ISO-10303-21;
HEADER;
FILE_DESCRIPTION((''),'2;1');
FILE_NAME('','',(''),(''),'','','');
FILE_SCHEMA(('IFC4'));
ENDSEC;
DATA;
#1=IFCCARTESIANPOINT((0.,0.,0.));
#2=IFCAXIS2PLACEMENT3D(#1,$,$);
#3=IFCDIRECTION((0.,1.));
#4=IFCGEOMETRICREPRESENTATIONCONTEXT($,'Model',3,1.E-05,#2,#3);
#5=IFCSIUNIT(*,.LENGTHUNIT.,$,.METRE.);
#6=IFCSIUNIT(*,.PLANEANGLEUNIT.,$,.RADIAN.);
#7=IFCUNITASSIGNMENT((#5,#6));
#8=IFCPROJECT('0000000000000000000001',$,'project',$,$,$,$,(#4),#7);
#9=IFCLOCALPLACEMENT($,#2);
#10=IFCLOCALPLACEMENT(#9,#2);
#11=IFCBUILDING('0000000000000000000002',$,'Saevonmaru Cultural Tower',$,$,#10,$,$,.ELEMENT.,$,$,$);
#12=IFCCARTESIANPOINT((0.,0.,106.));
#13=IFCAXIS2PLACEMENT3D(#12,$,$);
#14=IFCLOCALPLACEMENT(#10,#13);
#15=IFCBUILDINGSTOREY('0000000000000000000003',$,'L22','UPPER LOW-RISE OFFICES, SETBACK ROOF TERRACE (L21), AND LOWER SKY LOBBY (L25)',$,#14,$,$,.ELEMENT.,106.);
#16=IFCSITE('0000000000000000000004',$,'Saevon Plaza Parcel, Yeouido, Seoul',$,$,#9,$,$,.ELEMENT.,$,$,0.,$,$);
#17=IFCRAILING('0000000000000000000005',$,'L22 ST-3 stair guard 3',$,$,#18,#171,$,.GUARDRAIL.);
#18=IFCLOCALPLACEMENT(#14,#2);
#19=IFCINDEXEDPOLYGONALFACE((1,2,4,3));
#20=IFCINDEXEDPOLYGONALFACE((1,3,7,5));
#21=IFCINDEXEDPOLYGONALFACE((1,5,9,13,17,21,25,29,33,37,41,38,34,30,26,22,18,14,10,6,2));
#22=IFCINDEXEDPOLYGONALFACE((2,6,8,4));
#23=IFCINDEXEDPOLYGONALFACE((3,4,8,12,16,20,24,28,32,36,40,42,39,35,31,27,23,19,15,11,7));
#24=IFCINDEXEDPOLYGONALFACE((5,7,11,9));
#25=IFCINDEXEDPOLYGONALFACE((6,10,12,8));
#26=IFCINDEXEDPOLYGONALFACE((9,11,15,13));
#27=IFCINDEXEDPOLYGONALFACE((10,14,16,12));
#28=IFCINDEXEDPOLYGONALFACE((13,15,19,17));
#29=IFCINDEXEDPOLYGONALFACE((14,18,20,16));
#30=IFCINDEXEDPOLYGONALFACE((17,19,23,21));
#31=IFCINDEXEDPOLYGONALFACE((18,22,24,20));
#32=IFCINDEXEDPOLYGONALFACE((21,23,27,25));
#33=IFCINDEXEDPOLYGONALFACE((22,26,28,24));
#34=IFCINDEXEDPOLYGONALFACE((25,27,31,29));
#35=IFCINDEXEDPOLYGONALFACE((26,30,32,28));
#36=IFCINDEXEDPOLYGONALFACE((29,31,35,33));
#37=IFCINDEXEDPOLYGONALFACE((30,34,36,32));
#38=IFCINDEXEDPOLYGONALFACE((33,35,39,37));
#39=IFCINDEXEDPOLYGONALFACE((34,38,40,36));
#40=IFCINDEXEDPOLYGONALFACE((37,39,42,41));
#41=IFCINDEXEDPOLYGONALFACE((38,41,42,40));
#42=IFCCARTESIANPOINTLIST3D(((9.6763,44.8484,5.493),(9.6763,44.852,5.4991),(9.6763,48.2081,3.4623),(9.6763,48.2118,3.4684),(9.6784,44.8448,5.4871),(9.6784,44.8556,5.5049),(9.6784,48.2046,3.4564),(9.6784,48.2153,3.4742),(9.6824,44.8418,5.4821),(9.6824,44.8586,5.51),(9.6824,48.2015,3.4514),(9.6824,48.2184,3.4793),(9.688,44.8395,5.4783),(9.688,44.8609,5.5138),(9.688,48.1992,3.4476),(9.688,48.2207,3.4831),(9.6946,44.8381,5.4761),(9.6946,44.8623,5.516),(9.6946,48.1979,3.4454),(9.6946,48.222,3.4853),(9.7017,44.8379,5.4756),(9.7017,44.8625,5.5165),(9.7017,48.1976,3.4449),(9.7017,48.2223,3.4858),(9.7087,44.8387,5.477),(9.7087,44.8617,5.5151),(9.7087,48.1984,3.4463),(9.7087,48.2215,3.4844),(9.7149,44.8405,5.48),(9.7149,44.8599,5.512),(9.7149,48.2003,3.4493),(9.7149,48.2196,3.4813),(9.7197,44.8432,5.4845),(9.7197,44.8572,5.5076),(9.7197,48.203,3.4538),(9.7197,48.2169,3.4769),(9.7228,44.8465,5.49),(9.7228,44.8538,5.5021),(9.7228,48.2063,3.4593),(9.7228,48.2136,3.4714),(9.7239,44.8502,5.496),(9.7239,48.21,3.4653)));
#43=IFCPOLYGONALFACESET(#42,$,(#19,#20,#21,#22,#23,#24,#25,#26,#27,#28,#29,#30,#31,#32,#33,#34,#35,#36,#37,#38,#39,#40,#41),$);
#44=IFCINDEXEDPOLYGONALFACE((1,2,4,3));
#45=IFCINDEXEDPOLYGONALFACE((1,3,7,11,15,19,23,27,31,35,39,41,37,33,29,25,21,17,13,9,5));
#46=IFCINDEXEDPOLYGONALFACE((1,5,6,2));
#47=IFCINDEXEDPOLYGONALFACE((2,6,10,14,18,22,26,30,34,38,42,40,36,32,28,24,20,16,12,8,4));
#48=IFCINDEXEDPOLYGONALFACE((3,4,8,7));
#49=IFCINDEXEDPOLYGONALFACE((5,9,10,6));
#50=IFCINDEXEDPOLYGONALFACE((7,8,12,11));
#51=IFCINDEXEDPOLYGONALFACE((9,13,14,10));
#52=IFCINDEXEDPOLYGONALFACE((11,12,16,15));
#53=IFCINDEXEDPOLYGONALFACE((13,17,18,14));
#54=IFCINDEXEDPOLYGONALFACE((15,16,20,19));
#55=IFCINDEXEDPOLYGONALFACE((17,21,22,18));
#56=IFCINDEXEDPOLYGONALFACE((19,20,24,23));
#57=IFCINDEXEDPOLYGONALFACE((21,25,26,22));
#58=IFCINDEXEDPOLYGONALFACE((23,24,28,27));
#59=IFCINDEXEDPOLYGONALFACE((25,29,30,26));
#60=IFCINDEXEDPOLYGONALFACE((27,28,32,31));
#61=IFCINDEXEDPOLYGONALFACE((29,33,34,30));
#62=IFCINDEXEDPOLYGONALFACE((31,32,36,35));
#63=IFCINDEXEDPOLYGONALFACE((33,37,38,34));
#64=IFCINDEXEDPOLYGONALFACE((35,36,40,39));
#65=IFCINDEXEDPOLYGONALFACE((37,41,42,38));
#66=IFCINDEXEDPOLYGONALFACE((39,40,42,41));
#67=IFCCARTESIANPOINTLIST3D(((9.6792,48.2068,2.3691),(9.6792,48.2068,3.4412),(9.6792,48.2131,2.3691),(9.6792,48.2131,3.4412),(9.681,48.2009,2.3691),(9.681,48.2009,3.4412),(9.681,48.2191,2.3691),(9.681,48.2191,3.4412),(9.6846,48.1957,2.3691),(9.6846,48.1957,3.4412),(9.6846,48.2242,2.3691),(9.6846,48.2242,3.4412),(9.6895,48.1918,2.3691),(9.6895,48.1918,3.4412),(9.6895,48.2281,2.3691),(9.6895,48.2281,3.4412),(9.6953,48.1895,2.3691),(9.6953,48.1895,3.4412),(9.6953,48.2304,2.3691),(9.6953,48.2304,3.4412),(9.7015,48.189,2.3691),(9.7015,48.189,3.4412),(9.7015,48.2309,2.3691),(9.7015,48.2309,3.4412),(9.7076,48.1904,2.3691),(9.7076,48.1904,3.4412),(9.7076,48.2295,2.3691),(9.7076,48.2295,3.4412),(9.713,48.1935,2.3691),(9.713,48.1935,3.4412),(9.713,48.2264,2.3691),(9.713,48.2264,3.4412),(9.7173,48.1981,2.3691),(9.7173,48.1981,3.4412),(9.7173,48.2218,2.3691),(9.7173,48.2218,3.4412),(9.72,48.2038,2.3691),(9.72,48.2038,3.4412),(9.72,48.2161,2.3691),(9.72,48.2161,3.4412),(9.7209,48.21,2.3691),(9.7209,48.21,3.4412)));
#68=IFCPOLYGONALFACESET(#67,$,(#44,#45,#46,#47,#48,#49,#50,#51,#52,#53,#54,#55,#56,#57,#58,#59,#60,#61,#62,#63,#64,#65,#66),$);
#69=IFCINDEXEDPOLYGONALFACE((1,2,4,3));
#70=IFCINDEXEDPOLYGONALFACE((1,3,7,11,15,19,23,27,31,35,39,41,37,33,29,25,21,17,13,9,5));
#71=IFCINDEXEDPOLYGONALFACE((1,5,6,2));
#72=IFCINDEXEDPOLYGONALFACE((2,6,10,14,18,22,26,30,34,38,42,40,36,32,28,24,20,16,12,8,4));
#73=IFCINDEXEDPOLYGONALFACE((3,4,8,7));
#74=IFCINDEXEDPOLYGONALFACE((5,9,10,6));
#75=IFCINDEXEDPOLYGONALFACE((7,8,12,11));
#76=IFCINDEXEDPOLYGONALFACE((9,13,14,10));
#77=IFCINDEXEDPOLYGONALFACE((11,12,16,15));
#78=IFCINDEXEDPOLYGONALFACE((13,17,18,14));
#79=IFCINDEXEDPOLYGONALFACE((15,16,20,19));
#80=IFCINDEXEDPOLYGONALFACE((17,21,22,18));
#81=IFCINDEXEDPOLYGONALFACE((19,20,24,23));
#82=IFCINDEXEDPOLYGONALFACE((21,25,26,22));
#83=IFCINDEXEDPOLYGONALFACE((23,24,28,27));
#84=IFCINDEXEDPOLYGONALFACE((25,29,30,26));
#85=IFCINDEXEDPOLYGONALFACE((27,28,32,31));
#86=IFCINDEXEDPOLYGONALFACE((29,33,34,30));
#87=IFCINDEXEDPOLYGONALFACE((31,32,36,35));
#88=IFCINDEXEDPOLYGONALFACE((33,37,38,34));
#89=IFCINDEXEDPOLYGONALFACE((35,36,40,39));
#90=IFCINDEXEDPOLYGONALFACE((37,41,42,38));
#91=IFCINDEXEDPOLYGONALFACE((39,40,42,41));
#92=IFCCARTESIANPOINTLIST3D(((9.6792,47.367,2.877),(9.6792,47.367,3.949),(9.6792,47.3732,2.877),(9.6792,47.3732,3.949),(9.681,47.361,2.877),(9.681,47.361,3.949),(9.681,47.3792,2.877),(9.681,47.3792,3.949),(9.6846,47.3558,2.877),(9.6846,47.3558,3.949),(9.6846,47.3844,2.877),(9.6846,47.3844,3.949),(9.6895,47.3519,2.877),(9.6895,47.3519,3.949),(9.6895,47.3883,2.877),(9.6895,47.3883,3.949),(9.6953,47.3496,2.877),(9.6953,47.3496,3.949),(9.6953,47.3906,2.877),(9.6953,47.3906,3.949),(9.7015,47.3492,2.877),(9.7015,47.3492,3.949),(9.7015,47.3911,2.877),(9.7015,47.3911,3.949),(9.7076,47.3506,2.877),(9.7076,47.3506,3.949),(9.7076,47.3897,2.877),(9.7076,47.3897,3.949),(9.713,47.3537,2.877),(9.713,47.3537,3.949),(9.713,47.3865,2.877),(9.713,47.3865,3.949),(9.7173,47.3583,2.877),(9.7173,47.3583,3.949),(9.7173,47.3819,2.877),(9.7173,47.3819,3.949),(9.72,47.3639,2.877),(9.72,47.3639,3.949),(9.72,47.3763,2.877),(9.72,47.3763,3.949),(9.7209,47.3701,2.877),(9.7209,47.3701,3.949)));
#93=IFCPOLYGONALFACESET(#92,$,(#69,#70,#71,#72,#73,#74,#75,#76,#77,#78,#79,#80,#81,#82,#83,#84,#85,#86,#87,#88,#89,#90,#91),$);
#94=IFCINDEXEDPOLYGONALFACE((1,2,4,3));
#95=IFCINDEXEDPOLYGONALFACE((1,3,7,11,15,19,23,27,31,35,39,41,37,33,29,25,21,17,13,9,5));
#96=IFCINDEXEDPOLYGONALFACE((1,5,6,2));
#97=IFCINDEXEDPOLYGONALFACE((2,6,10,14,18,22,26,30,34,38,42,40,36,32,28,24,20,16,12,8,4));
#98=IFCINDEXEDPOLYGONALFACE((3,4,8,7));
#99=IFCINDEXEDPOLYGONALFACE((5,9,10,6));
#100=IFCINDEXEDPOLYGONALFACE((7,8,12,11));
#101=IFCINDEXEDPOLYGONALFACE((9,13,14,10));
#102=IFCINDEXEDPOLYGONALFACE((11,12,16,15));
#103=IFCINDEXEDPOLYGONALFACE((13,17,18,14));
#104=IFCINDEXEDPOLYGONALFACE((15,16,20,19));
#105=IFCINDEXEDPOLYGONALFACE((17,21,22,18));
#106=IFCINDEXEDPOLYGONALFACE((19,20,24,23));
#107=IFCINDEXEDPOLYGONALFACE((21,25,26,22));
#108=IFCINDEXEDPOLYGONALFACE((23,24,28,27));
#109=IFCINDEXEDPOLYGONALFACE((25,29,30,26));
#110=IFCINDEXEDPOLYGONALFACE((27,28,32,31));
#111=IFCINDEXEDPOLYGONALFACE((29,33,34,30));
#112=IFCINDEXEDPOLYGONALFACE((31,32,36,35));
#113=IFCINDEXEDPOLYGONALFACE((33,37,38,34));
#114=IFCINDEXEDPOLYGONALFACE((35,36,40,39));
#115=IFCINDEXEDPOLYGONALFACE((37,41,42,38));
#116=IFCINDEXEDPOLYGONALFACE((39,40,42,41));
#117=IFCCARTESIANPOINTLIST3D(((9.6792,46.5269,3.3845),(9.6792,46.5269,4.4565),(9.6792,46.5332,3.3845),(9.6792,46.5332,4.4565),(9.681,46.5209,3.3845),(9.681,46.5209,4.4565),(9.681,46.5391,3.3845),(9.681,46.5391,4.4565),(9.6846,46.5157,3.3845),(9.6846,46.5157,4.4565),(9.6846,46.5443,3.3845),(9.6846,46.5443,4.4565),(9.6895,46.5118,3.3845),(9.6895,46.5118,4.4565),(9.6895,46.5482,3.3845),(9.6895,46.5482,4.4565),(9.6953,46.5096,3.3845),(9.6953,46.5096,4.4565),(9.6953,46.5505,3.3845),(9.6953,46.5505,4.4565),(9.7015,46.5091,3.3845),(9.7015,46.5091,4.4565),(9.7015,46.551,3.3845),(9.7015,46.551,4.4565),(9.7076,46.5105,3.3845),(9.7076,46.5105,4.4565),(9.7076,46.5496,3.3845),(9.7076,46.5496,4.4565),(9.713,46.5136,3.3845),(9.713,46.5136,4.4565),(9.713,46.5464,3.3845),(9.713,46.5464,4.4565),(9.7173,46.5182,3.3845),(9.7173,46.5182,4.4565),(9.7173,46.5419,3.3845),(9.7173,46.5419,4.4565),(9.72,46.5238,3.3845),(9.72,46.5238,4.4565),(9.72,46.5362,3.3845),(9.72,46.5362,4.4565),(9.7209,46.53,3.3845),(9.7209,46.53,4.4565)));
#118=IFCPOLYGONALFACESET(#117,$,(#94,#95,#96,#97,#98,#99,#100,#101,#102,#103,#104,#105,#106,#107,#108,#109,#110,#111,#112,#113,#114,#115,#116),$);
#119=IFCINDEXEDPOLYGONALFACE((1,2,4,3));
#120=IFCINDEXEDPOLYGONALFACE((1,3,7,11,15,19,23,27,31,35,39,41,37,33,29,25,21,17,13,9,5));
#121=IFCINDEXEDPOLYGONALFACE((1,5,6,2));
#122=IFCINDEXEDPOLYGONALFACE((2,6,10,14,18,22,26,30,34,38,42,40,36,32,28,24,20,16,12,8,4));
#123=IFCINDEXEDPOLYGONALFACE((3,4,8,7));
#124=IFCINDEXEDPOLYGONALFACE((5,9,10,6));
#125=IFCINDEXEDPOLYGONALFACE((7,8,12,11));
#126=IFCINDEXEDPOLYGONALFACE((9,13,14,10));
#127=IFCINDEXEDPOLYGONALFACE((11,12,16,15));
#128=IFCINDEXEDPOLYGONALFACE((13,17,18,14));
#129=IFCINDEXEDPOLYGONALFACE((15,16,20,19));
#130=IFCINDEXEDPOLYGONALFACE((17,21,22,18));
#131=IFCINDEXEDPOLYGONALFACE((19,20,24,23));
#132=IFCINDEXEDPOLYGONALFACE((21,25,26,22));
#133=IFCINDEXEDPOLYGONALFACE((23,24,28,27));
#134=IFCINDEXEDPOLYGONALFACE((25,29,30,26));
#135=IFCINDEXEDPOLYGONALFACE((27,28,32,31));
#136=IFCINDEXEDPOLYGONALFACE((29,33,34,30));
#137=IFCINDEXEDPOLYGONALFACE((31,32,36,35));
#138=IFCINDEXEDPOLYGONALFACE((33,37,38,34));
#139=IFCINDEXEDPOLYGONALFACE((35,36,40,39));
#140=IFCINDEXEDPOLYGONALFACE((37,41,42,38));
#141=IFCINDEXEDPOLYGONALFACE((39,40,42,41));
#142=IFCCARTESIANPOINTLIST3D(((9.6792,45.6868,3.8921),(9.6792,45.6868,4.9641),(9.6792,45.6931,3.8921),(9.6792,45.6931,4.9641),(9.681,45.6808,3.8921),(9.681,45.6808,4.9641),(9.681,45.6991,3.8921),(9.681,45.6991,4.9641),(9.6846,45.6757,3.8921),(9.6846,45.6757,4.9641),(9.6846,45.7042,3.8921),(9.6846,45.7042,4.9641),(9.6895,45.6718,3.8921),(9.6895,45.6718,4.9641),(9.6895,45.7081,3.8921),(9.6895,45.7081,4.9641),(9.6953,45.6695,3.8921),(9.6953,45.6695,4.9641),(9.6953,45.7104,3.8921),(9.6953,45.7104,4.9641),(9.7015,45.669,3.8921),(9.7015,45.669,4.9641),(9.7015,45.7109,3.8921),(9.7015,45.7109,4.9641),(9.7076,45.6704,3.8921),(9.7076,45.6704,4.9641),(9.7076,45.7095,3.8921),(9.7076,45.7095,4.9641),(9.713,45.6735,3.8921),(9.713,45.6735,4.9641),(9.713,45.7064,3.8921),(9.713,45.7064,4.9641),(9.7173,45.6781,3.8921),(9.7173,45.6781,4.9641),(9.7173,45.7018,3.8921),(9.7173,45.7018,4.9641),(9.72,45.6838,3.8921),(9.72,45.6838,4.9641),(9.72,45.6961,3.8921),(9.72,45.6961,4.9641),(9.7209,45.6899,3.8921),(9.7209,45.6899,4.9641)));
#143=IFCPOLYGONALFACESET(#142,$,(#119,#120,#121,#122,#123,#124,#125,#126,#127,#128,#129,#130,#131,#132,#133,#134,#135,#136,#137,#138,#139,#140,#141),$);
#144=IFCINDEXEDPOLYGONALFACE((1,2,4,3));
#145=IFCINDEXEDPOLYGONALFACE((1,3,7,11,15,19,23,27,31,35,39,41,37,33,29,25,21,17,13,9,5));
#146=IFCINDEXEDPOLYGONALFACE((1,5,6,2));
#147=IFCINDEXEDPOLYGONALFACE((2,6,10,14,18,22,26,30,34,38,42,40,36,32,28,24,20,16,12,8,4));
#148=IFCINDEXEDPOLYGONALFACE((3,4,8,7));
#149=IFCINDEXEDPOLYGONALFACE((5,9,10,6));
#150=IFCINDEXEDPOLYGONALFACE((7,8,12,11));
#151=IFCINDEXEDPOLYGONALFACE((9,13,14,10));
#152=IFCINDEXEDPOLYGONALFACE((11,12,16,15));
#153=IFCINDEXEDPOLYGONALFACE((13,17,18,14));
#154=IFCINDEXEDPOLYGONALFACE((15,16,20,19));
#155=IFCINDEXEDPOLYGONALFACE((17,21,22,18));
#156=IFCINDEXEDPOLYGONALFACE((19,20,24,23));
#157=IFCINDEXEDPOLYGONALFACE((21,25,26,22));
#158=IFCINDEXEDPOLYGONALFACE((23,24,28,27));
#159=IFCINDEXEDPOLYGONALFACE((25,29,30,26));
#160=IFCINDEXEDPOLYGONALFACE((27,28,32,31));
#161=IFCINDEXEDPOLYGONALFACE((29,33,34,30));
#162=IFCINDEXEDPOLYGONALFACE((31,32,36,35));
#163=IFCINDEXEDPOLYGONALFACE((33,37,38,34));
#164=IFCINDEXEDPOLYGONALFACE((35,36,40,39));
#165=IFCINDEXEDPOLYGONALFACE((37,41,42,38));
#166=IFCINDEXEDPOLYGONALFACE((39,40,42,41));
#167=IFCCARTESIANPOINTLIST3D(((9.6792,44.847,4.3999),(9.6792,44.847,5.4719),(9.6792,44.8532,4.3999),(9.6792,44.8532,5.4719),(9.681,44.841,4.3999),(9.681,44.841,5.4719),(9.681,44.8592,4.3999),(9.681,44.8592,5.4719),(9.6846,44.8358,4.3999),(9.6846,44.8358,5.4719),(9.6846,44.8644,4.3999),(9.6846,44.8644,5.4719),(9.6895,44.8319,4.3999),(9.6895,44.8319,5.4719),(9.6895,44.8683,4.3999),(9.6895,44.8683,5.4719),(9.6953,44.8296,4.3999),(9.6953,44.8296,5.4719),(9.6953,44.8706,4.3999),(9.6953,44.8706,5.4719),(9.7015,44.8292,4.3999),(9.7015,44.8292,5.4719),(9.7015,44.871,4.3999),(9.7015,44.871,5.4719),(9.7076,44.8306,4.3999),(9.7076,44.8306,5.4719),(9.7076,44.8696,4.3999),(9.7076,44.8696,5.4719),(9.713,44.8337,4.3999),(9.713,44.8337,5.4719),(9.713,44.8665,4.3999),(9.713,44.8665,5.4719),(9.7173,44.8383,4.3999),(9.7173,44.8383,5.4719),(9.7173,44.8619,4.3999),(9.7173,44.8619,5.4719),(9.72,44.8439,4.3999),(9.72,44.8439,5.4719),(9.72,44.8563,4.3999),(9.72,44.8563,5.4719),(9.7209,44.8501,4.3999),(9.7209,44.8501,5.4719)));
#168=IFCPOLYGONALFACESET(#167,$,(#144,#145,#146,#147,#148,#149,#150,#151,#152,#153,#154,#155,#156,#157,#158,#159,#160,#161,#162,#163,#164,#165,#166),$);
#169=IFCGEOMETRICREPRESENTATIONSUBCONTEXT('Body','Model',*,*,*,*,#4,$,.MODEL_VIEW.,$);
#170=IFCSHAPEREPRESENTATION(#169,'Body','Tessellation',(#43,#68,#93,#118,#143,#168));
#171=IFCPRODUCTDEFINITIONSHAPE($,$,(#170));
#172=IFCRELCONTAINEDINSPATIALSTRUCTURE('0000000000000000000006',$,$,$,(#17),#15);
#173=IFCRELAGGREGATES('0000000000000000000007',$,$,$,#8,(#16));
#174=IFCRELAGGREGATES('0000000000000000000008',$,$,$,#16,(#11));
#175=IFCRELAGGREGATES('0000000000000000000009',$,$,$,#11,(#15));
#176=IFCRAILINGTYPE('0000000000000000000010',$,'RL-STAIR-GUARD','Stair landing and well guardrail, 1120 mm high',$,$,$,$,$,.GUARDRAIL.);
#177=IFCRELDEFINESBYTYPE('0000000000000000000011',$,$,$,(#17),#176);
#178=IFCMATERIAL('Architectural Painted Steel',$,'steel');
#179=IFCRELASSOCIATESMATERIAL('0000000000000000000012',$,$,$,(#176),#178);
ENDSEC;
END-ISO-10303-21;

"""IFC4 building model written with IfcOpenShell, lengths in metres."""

from ifc_helpers import new_model, si_unit, direction, frame, origin, origin_2d, place, context, subcontext, project, spatial, circle, extrude, material, type_object, element, save


model = new_model("IFC4")

# Units and contexts
model_context = context("Model", 3, precision=1e-05, world=origin(), true_north=direction((0.0, 1.0)))
body_context = subcontext(model_context, "Body", "Model", "MODEL_VIEW")
ifc_project = project(units=[si_unit("LENGTHUNIT", "METRE"), si_unit("PLANEANGLEUNIT", "RADIAN")], contexts=[model_context])

# Site, building, storey
site_placement = place(None, origin())
site = spatial("IfcSite", under=ifc_project, at=site_placement, Name="Saevon Plaza Parcel, Yeouido, Seoul", CompositionType="ELEMENT", RefElevation=0.0)
building_placement = place(site_placement, origin())
building = spatial("IfcBuilding", under=site, at=building_placement, Name="Saevonmaru Cultural Tower", CompositionType="ELEMENT")
storey_placement = place(building_placement, frame((0.0, 0.0, 106.0)))
storey = spatial("IfcBuildingStorey", under=building, at=storey_placement, Name="L22", Description="UPPER LOW-RISE OFFICES, SETBACK ROOF TERRACE (L21), AND LOWER SKY LOBBY (L25)", CompositionType="ELEMENT", Elevation=106.0)

# Railing
ifc_material_1 = material(Name="Architectural Painted Steel", Category="steel")
railing_type_1 = type_object("IfcRailingType", Name="RL-STAIR-GUARD", Description="Stair landing and well guardrail, 1120 mm high", PredefinedType="GUARDRAIL", material=ifc_material_1)
railing_1_placement = place(storey_placement, frame((9.7, 48.21, 2.3691)))
element("IfcRailing", 1, at=railing_1_placement, inside=storey, type_object=railing_type_1, Name="L22 ST-3 stair guard 3", PredefinedType="GUARDRAIL", context=body_context, shape_type="SweptSolid", body=[
    extrude(circle(Radius=0.0239, at=origin_2d()), frame((0.0, 0.0, 1.0962), z_axis=(0.0, -0.85582, 0.517273), x_axis=(1.0, 0.0, 0.0)), (0.0, 0.0, 1.0), 3.9258),
    extrude(circle(Radius=0.021, at=origin_2d()), origin(), (0.0, 0.0, 1.0), 1.072),
    extrude(circle(Radius=0.021, at=origin_2d()), frame((0.0, -0.8398, 0.5078)), (0.0, 0.0, 1.0), 1.072),
    extrude(circle(Radius=0.021, at=origin_2d()), frame((0.0, -1.6799, 1.0154)), (0.0, 0.0, 1.0), 1.072),
    extrude(circle(Radius=0.021, at=origin_2d()), frame((0.0, -2.52, 1.5229)), (0.0, 0.0, 1.0), 1.072),
    extrude(circle(Radius=0.021, at=origin_2d()), frame((0.0, -3.3599, 2.0308)), (0.0, 0.0, 1.0), 1.072),
])

save(model, "model.ifc")
